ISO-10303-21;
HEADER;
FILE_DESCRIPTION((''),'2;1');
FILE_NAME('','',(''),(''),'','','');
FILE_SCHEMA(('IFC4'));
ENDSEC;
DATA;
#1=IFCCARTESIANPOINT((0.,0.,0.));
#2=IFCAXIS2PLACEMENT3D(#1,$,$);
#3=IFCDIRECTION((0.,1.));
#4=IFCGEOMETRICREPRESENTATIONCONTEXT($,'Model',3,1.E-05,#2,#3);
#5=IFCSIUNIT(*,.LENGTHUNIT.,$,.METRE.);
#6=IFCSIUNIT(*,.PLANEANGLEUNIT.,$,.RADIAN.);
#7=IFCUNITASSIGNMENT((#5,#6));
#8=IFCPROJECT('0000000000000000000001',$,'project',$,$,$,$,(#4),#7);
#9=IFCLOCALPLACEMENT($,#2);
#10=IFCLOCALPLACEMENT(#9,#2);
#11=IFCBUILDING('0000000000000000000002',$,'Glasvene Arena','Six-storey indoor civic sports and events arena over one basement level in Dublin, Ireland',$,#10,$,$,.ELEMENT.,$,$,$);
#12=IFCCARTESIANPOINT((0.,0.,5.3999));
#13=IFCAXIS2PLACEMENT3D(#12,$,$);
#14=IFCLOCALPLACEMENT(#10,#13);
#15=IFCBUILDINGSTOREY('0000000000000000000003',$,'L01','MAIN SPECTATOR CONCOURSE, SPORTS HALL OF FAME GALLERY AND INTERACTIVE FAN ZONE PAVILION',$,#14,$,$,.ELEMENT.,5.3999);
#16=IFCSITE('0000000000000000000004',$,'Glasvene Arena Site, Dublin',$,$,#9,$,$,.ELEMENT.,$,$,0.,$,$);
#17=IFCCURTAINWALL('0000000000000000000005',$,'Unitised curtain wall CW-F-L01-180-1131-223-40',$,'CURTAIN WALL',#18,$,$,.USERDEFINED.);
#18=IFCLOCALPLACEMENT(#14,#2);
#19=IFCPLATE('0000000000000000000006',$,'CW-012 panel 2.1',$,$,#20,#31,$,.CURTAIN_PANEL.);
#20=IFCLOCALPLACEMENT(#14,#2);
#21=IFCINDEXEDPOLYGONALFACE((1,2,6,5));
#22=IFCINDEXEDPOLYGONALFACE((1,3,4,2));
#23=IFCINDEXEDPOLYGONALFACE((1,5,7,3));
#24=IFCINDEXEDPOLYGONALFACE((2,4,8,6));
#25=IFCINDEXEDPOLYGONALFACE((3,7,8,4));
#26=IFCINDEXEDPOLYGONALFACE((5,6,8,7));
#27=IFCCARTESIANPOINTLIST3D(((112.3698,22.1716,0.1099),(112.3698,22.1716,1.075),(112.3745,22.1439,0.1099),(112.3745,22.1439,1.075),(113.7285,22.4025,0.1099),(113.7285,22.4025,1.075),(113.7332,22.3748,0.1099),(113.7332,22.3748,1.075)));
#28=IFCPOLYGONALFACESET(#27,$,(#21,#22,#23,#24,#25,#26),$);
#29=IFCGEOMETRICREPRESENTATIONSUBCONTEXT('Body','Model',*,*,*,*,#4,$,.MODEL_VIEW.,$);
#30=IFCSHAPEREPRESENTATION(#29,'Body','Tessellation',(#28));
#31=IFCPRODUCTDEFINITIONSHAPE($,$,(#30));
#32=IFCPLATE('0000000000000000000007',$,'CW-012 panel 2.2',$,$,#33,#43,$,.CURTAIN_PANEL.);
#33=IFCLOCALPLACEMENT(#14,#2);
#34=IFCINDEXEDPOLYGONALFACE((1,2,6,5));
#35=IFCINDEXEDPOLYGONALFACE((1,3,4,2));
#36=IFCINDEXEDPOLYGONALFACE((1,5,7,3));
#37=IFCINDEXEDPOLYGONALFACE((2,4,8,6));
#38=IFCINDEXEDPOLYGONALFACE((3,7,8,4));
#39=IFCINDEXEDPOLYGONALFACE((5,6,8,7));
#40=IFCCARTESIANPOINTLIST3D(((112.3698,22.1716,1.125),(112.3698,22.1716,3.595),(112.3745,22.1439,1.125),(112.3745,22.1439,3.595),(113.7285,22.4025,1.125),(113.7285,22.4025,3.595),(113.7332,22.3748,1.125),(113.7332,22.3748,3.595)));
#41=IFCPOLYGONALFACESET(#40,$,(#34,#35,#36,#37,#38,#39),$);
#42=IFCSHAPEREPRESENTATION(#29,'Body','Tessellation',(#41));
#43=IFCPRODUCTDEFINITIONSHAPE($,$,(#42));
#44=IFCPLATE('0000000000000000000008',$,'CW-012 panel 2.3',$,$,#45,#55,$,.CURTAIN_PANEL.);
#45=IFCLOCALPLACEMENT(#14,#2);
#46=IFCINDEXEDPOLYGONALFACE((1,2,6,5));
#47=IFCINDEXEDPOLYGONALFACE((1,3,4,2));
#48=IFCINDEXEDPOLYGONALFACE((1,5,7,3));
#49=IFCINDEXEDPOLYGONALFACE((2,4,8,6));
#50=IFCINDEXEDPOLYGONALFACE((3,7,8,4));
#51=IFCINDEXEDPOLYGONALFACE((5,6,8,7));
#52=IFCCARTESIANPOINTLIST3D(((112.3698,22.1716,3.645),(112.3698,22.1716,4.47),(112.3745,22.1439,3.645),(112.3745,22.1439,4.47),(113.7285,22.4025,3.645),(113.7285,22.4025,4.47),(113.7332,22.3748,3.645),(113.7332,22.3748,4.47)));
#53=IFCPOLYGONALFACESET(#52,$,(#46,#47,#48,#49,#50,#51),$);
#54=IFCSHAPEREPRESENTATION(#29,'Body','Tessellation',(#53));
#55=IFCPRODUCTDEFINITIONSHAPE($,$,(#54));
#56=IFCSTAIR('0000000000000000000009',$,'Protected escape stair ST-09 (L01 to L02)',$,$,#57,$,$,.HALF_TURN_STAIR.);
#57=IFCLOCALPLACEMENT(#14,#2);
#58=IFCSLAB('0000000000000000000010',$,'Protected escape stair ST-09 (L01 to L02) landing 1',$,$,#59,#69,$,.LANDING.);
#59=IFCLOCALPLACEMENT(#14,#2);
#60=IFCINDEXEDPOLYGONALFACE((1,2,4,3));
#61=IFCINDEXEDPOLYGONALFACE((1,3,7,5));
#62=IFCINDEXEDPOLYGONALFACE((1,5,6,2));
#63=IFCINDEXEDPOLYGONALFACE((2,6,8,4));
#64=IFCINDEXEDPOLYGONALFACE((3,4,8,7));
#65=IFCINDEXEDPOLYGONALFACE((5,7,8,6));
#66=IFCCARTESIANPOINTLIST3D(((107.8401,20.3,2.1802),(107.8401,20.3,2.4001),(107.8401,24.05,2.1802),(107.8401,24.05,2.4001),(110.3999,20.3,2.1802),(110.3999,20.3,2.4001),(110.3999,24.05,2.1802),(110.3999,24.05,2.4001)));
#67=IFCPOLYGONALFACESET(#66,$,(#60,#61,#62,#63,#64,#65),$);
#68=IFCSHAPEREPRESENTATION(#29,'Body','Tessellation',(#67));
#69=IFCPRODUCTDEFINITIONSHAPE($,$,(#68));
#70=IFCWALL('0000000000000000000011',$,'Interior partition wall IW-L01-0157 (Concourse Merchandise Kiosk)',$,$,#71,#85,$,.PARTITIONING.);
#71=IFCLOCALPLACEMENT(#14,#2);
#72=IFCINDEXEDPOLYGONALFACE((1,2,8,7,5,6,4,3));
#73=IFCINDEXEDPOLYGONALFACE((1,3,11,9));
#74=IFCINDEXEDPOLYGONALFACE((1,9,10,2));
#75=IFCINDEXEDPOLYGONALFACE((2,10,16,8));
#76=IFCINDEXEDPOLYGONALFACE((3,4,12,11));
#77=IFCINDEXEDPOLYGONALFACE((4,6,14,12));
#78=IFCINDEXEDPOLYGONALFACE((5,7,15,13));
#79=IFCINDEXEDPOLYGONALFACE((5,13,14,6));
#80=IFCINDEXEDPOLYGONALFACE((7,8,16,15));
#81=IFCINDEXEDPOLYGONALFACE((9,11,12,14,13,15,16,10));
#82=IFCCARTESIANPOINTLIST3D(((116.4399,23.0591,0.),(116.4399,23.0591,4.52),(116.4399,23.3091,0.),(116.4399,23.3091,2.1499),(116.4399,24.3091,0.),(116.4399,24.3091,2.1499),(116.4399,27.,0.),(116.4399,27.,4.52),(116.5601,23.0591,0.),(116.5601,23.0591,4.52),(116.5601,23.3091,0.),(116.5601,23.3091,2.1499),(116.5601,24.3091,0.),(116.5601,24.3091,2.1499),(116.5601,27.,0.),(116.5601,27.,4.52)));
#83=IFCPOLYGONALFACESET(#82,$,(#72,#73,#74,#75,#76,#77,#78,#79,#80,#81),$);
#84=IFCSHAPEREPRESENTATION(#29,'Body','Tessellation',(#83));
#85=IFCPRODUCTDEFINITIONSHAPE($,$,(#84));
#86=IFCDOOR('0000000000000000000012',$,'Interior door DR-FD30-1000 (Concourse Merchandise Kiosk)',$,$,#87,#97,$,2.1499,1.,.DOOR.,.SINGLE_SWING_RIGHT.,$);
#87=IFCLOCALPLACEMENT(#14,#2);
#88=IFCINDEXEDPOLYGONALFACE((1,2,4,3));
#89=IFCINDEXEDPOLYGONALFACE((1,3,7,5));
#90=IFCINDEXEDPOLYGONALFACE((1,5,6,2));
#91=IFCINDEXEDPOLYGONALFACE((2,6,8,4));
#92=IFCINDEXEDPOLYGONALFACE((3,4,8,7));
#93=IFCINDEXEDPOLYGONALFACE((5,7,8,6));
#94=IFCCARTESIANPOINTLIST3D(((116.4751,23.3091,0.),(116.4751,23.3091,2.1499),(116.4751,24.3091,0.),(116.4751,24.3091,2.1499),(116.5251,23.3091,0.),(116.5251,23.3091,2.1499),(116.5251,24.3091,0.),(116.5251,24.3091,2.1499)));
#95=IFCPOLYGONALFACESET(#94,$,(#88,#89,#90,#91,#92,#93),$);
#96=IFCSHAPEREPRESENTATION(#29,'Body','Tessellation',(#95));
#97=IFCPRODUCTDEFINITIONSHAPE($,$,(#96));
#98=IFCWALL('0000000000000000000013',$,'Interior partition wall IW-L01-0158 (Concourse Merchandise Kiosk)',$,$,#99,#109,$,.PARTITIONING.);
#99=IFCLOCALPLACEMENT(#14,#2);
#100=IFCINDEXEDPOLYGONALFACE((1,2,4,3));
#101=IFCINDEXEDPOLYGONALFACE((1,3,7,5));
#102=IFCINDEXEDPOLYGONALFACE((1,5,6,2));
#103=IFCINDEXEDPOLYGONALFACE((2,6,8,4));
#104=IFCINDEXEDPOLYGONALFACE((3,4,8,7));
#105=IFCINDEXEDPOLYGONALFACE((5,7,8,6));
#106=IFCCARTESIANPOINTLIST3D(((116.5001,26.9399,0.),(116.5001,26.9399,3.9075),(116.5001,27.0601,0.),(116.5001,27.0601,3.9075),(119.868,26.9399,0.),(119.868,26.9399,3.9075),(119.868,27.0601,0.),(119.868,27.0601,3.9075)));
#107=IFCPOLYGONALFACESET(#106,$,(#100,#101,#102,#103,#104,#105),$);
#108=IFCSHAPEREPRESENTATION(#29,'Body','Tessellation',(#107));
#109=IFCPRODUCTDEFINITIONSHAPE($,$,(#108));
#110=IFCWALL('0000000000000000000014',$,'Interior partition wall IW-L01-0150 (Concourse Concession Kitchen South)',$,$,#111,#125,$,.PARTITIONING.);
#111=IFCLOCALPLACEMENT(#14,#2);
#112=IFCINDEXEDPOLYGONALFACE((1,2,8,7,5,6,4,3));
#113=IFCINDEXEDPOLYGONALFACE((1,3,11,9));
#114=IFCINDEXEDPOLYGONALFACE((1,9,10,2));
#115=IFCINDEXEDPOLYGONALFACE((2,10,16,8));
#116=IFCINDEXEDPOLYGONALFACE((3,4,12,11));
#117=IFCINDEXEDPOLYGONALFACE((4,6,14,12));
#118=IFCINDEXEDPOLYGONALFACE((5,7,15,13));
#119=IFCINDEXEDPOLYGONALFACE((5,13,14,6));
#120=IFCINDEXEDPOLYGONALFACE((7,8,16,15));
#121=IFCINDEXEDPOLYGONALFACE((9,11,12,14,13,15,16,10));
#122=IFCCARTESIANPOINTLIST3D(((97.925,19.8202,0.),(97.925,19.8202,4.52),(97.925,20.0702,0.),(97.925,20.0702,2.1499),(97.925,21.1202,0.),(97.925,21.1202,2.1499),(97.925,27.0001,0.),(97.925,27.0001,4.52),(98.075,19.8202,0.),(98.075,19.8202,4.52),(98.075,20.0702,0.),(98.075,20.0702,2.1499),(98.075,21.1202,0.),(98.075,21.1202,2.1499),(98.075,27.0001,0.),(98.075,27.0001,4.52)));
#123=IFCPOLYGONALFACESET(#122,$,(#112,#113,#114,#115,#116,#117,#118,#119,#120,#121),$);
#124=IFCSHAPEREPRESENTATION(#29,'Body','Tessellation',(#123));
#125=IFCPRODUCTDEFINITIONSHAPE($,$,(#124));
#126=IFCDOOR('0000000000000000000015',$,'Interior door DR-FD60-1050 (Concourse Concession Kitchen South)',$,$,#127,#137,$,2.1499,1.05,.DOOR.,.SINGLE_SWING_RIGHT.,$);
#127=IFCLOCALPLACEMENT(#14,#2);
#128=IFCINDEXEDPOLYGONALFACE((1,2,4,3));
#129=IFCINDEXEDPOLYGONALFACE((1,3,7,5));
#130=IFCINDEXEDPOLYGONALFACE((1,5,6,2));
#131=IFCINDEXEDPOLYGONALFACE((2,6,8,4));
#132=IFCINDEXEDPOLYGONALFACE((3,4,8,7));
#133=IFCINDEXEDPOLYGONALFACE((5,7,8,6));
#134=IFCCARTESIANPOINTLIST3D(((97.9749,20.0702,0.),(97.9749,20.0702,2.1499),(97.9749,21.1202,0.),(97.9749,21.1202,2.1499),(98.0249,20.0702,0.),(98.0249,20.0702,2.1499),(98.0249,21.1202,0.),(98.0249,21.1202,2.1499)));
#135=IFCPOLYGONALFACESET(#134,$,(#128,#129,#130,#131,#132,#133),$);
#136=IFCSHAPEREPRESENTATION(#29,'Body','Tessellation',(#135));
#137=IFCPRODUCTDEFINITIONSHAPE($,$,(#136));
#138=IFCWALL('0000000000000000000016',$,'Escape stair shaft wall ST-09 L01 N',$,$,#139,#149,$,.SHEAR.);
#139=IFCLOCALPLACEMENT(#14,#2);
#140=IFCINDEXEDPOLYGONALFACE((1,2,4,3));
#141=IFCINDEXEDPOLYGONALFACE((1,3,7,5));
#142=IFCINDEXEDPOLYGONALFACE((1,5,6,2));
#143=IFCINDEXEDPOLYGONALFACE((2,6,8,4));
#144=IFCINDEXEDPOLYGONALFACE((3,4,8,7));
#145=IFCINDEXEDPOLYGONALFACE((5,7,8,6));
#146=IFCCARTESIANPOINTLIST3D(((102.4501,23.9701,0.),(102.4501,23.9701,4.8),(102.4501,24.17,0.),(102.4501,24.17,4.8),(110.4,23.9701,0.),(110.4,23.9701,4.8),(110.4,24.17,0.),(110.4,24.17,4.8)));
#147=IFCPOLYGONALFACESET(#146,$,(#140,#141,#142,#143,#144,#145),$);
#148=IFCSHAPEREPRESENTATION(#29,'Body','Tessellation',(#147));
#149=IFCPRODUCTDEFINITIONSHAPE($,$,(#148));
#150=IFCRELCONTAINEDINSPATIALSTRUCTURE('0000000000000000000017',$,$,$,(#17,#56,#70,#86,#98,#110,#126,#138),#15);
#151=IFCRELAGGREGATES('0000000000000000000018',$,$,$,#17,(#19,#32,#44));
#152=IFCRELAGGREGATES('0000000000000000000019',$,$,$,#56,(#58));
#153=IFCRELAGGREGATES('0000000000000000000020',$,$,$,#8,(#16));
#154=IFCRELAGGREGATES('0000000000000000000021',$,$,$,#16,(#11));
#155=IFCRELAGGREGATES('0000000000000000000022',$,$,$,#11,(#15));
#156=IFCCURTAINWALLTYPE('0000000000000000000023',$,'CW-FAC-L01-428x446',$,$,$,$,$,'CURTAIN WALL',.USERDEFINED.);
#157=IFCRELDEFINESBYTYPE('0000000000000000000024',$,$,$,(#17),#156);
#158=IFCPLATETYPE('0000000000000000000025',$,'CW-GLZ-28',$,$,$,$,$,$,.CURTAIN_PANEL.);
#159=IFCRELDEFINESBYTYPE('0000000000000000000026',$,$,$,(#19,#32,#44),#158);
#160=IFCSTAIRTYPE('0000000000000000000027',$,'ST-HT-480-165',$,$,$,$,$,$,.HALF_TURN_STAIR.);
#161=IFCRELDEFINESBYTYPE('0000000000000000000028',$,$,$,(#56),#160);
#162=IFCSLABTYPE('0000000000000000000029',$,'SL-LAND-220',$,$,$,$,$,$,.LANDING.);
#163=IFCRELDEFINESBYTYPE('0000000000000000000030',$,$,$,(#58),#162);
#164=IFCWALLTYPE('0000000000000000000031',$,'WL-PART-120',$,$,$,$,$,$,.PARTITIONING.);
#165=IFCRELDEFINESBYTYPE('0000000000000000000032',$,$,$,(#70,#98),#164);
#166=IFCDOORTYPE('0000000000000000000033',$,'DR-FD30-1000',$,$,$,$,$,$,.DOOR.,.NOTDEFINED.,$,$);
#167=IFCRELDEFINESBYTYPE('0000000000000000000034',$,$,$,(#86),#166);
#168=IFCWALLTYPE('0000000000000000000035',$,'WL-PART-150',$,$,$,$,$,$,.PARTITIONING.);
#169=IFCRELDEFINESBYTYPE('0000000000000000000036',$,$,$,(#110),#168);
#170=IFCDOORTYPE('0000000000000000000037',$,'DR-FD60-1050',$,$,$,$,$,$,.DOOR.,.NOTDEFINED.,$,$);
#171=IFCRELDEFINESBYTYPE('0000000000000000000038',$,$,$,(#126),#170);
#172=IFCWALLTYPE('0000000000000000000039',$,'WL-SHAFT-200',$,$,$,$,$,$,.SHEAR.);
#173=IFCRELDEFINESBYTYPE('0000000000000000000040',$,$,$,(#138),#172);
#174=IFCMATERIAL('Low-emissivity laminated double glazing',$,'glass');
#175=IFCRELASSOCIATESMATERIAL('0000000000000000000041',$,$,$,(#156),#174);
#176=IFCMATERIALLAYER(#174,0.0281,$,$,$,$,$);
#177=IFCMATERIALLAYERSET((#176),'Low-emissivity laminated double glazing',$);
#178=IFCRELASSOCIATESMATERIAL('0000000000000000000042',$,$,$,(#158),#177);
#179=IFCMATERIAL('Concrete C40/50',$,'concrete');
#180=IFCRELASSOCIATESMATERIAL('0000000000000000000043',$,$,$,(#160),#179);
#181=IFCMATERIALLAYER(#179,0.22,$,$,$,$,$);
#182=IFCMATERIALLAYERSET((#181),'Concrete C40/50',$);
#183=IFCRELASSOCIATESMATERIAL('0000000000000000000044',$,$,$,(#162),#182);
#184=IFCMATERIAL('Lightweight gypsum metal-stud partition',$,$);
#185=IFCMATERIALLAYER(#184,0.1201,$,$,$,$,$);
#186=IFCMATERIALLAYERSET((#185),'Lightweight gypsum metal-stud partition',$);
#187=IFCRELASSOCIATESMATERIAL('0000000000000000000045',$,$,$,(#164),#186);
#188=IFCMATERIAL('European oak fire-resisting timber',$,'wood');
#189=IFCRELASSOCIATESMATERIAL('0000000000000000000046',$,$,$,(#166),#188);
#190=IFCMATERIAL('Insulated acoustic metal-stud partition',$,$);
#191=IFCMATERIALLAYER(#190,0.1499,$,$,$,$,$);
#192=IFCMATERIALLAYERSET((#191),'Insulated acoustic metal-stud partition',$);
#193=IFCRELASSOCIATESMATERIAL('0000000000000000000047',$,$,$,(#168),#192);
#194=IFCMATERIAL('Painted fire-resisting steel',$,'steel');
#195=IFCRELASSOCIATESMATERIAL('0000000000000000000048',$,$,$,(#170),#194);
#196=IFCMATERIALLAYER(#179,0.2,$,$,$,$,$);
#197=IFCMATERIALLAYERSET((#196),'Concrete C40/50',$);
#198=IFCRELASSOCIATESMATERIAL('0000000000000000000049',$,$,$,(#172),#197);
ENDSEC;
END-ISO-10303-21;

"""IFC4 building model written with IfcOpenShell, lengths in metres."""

from ifc_helpers import new_model, si_unit, direction, frame, frame_2d, origin, origin_2d, place, context, subcontext, project, spatial, polyline, rectangle, outline, extrude, material, layer, layer_set, type_object, element, fill, aggregate, save


model = new_model("IFC4")

# Units and contexts
model_context = context("Model", 3, precision=1e-05, world=origin(), true_north=direction((0.0, 1.0)))
body_context = subcontext(model_context, "Body", "Model", "MODEL_VIEW")
ifc_project = project(units=[si_unit("LENGTHUNIT", "METRE"), si_unit("PLANEANGLEUNIT", "RADIAN")], contexts=[model_context])

# Site, building, storey
site_placement = place(None, origin())
site = spatial("IfcSite", under=ifc_project, at=site_placement, Name="Glasvene Arena Site, Dublin", CompositionType="ELEMENT", RefElevation=0.0)
building_placement = place(site_placement, origin())
building = spatial("IfcBuilding", under=site, at=building_placement, Name="Glasvene Arena", Description="Six-storey indoor civic sports and events arena over one basement level in Dublin, Ireland", CompositionType="ELEMENT")
storey_placement = place(building_placement, frame((0.0, 0.0, 5.3999)))
storey = spatial("IfcBuildingStorey", under=building, at=storey_placement, Name="L01", Description="MAIN SPECTATOR CONCOURSE, SPORTS HALL OF FAME GALLERY AND INTERACTIVE FAN ZONE PAVILION", CompositionType="ELEMENT", Elevation=5.3999)

# Curtain wall, plates
ifc_material_1 = material(Name="Low-emissivity laminated double glazing", Category="glass")
curtain_wall_type = type_object("IfcCurtainWallType", Name="CW-FAC-L01-428x446", ElementType="CURTAIN WALL", PredefinedType="USERDEFINED", material=ifc_material_1)
curtain_wall_placement = place(storey_placement, frame((115.1636, 22.6321, 0.0)))
curtain_wall = element("IfcCurtainWall", 1, at=curtain_wall_placement, inside=storey, type_object=curtain_wall_type, Name="Unitised curtain wall CW-F-L01-180-1131-223-40", ObjectType="CURTAIN WALL", PredefinedType="USERDEFINED")
ifc_layer_1 = layer(ifc_material_1, 0.0281)
ifc_layer_set_1 = layer_set([ifc_layer_1], Name="Low-emissivity laminated double glazing")
plate_type = type_object("IfcPlateType", Name="CW-GLZ-28", PredefinedType="CURTAIN_PANEL", material=ifc_layer_set_1)
plate_1_placement = place(storey_placement, frame((113.0515, 22.2732, 0.1099), z_axis=(0.0, 0.0, 1.0), x_axis=(-0.985871, -0.167505, 0.0)))
plate_1 = element("IfcPlate", 2, at=plate_1_placement, type_object=plate_type, Name="CW-012 panel 2.1", PredefinedType="CURTAIN_PANEL", context=body_context, shape_type="SweptSolid", body=[
    extrude(rectangle(XDim=1.3782, YDim=0.0281, at=origin_2d()), origin(), (0.0, 0.0, 1.0), 0.9651),
])
plate_2_placement = place(storey_placement, frame((113.0515, 22.2732, 1.125), z_axis=(0.0, 0.0, 1.0), x_axis=(-0.985871, -0.167505, 0.0)))
plate_2 = element("IfcPlate", 3, at=plate_2_placement, type_object=plate_type, Name="CW-012 panel 2.2", PredefinedType="CURTAIN_PANEL", context=body_context, shape_type="SweptSolid", body=[
    extrude(rectangle(XDim=1.3782, YDim=0.0281, at=origin_2d()), origin(), (0.0, 0.0, 1.0), 2.47),
])
plate_3_placement = place(storey_placement, frame((113.0515, 22.2732, 3.645), z_axis=(0.0, 0.0, 1.0), x_axis=(-0.985871, -0.167505, 0.0)))
plate_3 = element("IfcPlate", 4, at=plate_3_placement, type_object=plate_type, Name="CW-012 panel 2.3", PredefinedType="CURTAIN_PANEL", context=body_context, shape_type="SweptSolid", body=[
    extrude(rectangle(XDim=1.3782, YDim=0.0281, at=origin_2d()), origin(), (0.0, 0.0, 1.0), 0.825),
])
aggregate(curtain_wall, [plate_1, plate_2, plate_3])

# Shared definitions
ifc_material_2 = material(Name="Concrete C40/50", Category="concrete")

# Stair, slab
stair_type = type_object("IfcStairType", Name="ST-HT-480-165", PredefinedType="HALF_TURN_STAIR", material=ifc_material_2)
stair_placement = place(storey_placement, origin())
stair = element("IfcStair", 5, at=stair_placement, inside=storey, type_object=stair_type, Name="Protected escape stair ST-09 (L01 to L02)", PredefinedType="HALF_TURN_STAIR")
ifc_layer_2 = layer(ifc_material_2, 0.22)
ifc_layer_set_2 = layer_set([ifc_layer_2], Name="Concrete C40/50")
slab_type_1 = type_object("IfcSlabType", Name="SL-LAND-220", PredefinedType="LANDING", material=ifc_layer_set_2)
slab_1_placement = place(storey_placement, frame((109.1201, 22.175, 2.1802)))
slab_1 = element("IfcSlab", 6, at=slab_1_placement, type_object=slab_type_1, Name="Protected escape stair ST-09 (L01 to L02) landing 1", PredefinedType="LANDING", context=body_context, shape_type="SweptSolid", body=[
    extrude(outline(polyline([(-1.28, -1.875), (1.2798, -1.875), (1.2798, 1.875), (-1.28, 1.875), (-1.28, -1.875)])), origin(), (0.0, 0.0, 1.0), 0.22),
])

# Wall, opening, door
ifc_material_3 = material(Name="Lightweight gypsum metal-stud partition")
ifc_layer_3 = layer(ifc_material_3, 0.1201)
ifc_layer_set_3 = layer_set([ifc_layer_3], Name="Lightweight gypsum metal-stud partition")
wall_type_1 = type_object("IfcWallType", Name="WL-PART-120", PredefinedType="PARTITIONING", material=ifc_layer_set_3)
wall_1_placement = place(storey_placement, frame((116.5, 23.0591, 0.0), z_axis=(0.0, 0.0, 1.0), x_axis=(0.0, 1.0, 0.0)))
wall_1 = element("IfcWall", 7, at=wall_1_placement, inside=storey, type_object=wall_type_1, Name="Interior partition wall IW-L01-0157 (Concourse Merchandise Kiosk)", PredefinedType="PARTITIONING", context=body_context, shape_type="SweptSolid", body=[
    extrude(rectangle(XDim=3.9409, YDim=0.1201, at=frame_2d((1.9705, 0.0))), origin(), (0.0, 0.0, 1.0), 4.52),
])
opening_1_placement = place(wall_1_placement, frame((0.25, 0.0, 0.0)))
opening_1 = element("IfcOpeningElement", 8, at=opening_1_placement, cuts=wall_1, PredefinedType="OPENING", context=body_context, shape_type="SweptSolid", body=[
    extrude(rectangle(XDim=1.0, YDim=2.1499, at=frame_2d((0.5, 1.075))), frame((0.0, 0.0701, 0.0), z_axis=(0.0, -1.0, 0.0), x_axis=(1.0, 0.0, 0.0)), (0.0, 0.0, 1.0), 0.1401),
])
ifc_material_4 = material(Name="European oak fire-resisting timber", Category="wood")
door_type_1 = type_object("IfcDoorType", Name="DR-FD30-1000", OperationType="NOTDEFINED", PredefinedType="DOOR", material=ifc_material_4)
door_1_placement = place(opening_1_placement, origin())
door_1 = element("IfcDoor", 9, at=door_1_placement, inside=storey, type_object=door_type_1, Name="Interior door DR-FD30-1000 (Concourse Merchandise Kiosk)", OperationType="SINGLE_SWING_RIGHT", OverallHeight=2.1499, OverallWidth=1.0, PredefinedType="DOOR", context=body_context, shape_type="SweptSolid", body=[
    extrude(rectangle(XDim=1.0, YDim=2.1499, at=frame_2d((0.5, 1.075))), frame((0.0, 0.0249, 0.0), z_axis=(0.0, -1.0, 0.0), x_axis=(1.0, 0.0, 0.0)), (0.0, 0.0, 1.0), 0.05),
])
fill(opening_1, door_1)

# Wall
wall_2_placement = place(storey_placement, frame((116.5, 27.0, 0.0), z_axis=(0.0, 0.0, 1.0), x_axis=(1.0, 0.0, 0.0)))
element("IfcWall", 10, at=wall_2_placement, inside=storey, type_object=wall_type_1, Name="Interior partition wall IW-L01-0158 (Concourse Merchandise Kiosk)", PredefinedType="PARTITIONING", context=body_context, shape_type="SweptSolid", body=[
    extrude(rectangle(XDim=3.3679, YDim=0.1201, at=frame_2d((1.6841, 0.0))), origin(), (0.0, 0.0, 1.0), 3.9075),
])

# Wall, opening, door
ifc_material_5 = material(Name="Insulated acoustic metal-stud partition")
ifc_layer_4 = layer(ifc_material_5, 0.1499)
ifc_layer_set_4 = layer_set([ifc_layer_4], Name="Insulated acoustic metal-stud partition")
wall_type_2 = type_object("IfcWallType", Name="WL-PART-150", PredefinedType="PARTITIONING", material=ifc_layer_set_4)
wall_3_placement = place(storey_placement, frame((98.0, 27.0, 0.0), z_axis=(0.0, 0.0, 1.0), x_axis=(0.0, -1.0, 0.0)))
wall_3 = element("IfcWall", 11, at=wall_3_placement, inside=storey, type_object=wall_type_2, Name="Interior partition wall IW-L01-0150 (Concourse Concession Kitchen South)", PredefinedType="PARTITIONING", context=body_context, shape_type="SweptSolid", body=[
    extrude(rectangle(XDim=7.1799, YDim=0.1499, at=frame_2d((3.5898, 0.0))), origin(), (0.0, 0.0, 1.0), 4.52),
])
opening_2_placement = place(wall_3_placement, frame((5.8799, 0.0, 0.0)))
opening_2 = element("IfcOpeningElement", 12, at=opening_2_placement, cuts=wall_3, PredefinedType="OPENING", context=body_context, shape_type="SweptSolid", body=[
    extrude(rectangle(XDim=1.05, YDim=2.1499, at=frame_2d((0.5249, 1.075))), frame((0.0, 0.085, 0.0), z_axis=(0.0, -1.0, 0.0), x_axis=(1.0, 0.0, 0.0)), (0.0, 0.0, 1.0), 0.1699),
])
ifc_material_6 = material(Name="Painted fire-resisting steel", Category="steel")
door_type_2 = type_object("IfcDoorType", Name="DR-FD60-1050", OperationType="NOTDEFINED", PredefinedType="DOOR", material=ifc_material_6)
door_2_placement = place(opening_2_placement, origin())
door_2 = element("IfcDoor", 13, at=door_2_placement, inside=storey, type_object=door_type_2, Name="Interior door DR-FD60-1050 (Concourse Concession Kitchen South)", OperationType="SINGLE_SWING_RIGHT", OverallHeight=2.1499, OverallWidth=1.05, PredefinedType="DOOR", context=body_context, shape_type="SweptSolid", body=[
    extrude(rectangle(XDim=1.05, YDim=2.1499, at=frame_2d((0.5249, 1.075))), frame((0.0, 0.0249, 0.0), z_axis=(0.0, -1.0, 0.0), x_axis=(1.0, 0.0, 0.0)), (0.0, 0.0, 1.0), 0.05),
])
fill(opening_2, door_2)

# Wall
ifc_layer_5 = layer(ifc_material_2, 0.2)
ifc_layer_set_5 = layer_set([ifc_layer_5], Name="Concrete C40/50")
wall_type_3 = type_object("IfcWallType", Name="WL-SHAFT-200", PredefinedType="SHEAR", material=ifc_layer_set_5)
wall_4_placement = place(storey_placement, frame((102.45, 24.0701, 0.0), z_axis=(0.0, 0.0, 1.0), x_axis=(1.0, 0.0, 0.0)))
element("IfcWall", 14, at=wall_4_placement, inside=storey, type_object=wall_type_3, Name="Escape stair shaft wall ST-09 L01 N", PredefinedType="SHEAR", context=body_context, shape_type="SweptSolid", body=[
    extrude(rectangle(XDim=7.95, YDim=0.2, at=frame_2d((3.9751, 0.0))), origin(), (0.0, 0.0, 1.0), 4.8),
])

aggregate(stair, [slab_1])

save(model, "model.ifc")
